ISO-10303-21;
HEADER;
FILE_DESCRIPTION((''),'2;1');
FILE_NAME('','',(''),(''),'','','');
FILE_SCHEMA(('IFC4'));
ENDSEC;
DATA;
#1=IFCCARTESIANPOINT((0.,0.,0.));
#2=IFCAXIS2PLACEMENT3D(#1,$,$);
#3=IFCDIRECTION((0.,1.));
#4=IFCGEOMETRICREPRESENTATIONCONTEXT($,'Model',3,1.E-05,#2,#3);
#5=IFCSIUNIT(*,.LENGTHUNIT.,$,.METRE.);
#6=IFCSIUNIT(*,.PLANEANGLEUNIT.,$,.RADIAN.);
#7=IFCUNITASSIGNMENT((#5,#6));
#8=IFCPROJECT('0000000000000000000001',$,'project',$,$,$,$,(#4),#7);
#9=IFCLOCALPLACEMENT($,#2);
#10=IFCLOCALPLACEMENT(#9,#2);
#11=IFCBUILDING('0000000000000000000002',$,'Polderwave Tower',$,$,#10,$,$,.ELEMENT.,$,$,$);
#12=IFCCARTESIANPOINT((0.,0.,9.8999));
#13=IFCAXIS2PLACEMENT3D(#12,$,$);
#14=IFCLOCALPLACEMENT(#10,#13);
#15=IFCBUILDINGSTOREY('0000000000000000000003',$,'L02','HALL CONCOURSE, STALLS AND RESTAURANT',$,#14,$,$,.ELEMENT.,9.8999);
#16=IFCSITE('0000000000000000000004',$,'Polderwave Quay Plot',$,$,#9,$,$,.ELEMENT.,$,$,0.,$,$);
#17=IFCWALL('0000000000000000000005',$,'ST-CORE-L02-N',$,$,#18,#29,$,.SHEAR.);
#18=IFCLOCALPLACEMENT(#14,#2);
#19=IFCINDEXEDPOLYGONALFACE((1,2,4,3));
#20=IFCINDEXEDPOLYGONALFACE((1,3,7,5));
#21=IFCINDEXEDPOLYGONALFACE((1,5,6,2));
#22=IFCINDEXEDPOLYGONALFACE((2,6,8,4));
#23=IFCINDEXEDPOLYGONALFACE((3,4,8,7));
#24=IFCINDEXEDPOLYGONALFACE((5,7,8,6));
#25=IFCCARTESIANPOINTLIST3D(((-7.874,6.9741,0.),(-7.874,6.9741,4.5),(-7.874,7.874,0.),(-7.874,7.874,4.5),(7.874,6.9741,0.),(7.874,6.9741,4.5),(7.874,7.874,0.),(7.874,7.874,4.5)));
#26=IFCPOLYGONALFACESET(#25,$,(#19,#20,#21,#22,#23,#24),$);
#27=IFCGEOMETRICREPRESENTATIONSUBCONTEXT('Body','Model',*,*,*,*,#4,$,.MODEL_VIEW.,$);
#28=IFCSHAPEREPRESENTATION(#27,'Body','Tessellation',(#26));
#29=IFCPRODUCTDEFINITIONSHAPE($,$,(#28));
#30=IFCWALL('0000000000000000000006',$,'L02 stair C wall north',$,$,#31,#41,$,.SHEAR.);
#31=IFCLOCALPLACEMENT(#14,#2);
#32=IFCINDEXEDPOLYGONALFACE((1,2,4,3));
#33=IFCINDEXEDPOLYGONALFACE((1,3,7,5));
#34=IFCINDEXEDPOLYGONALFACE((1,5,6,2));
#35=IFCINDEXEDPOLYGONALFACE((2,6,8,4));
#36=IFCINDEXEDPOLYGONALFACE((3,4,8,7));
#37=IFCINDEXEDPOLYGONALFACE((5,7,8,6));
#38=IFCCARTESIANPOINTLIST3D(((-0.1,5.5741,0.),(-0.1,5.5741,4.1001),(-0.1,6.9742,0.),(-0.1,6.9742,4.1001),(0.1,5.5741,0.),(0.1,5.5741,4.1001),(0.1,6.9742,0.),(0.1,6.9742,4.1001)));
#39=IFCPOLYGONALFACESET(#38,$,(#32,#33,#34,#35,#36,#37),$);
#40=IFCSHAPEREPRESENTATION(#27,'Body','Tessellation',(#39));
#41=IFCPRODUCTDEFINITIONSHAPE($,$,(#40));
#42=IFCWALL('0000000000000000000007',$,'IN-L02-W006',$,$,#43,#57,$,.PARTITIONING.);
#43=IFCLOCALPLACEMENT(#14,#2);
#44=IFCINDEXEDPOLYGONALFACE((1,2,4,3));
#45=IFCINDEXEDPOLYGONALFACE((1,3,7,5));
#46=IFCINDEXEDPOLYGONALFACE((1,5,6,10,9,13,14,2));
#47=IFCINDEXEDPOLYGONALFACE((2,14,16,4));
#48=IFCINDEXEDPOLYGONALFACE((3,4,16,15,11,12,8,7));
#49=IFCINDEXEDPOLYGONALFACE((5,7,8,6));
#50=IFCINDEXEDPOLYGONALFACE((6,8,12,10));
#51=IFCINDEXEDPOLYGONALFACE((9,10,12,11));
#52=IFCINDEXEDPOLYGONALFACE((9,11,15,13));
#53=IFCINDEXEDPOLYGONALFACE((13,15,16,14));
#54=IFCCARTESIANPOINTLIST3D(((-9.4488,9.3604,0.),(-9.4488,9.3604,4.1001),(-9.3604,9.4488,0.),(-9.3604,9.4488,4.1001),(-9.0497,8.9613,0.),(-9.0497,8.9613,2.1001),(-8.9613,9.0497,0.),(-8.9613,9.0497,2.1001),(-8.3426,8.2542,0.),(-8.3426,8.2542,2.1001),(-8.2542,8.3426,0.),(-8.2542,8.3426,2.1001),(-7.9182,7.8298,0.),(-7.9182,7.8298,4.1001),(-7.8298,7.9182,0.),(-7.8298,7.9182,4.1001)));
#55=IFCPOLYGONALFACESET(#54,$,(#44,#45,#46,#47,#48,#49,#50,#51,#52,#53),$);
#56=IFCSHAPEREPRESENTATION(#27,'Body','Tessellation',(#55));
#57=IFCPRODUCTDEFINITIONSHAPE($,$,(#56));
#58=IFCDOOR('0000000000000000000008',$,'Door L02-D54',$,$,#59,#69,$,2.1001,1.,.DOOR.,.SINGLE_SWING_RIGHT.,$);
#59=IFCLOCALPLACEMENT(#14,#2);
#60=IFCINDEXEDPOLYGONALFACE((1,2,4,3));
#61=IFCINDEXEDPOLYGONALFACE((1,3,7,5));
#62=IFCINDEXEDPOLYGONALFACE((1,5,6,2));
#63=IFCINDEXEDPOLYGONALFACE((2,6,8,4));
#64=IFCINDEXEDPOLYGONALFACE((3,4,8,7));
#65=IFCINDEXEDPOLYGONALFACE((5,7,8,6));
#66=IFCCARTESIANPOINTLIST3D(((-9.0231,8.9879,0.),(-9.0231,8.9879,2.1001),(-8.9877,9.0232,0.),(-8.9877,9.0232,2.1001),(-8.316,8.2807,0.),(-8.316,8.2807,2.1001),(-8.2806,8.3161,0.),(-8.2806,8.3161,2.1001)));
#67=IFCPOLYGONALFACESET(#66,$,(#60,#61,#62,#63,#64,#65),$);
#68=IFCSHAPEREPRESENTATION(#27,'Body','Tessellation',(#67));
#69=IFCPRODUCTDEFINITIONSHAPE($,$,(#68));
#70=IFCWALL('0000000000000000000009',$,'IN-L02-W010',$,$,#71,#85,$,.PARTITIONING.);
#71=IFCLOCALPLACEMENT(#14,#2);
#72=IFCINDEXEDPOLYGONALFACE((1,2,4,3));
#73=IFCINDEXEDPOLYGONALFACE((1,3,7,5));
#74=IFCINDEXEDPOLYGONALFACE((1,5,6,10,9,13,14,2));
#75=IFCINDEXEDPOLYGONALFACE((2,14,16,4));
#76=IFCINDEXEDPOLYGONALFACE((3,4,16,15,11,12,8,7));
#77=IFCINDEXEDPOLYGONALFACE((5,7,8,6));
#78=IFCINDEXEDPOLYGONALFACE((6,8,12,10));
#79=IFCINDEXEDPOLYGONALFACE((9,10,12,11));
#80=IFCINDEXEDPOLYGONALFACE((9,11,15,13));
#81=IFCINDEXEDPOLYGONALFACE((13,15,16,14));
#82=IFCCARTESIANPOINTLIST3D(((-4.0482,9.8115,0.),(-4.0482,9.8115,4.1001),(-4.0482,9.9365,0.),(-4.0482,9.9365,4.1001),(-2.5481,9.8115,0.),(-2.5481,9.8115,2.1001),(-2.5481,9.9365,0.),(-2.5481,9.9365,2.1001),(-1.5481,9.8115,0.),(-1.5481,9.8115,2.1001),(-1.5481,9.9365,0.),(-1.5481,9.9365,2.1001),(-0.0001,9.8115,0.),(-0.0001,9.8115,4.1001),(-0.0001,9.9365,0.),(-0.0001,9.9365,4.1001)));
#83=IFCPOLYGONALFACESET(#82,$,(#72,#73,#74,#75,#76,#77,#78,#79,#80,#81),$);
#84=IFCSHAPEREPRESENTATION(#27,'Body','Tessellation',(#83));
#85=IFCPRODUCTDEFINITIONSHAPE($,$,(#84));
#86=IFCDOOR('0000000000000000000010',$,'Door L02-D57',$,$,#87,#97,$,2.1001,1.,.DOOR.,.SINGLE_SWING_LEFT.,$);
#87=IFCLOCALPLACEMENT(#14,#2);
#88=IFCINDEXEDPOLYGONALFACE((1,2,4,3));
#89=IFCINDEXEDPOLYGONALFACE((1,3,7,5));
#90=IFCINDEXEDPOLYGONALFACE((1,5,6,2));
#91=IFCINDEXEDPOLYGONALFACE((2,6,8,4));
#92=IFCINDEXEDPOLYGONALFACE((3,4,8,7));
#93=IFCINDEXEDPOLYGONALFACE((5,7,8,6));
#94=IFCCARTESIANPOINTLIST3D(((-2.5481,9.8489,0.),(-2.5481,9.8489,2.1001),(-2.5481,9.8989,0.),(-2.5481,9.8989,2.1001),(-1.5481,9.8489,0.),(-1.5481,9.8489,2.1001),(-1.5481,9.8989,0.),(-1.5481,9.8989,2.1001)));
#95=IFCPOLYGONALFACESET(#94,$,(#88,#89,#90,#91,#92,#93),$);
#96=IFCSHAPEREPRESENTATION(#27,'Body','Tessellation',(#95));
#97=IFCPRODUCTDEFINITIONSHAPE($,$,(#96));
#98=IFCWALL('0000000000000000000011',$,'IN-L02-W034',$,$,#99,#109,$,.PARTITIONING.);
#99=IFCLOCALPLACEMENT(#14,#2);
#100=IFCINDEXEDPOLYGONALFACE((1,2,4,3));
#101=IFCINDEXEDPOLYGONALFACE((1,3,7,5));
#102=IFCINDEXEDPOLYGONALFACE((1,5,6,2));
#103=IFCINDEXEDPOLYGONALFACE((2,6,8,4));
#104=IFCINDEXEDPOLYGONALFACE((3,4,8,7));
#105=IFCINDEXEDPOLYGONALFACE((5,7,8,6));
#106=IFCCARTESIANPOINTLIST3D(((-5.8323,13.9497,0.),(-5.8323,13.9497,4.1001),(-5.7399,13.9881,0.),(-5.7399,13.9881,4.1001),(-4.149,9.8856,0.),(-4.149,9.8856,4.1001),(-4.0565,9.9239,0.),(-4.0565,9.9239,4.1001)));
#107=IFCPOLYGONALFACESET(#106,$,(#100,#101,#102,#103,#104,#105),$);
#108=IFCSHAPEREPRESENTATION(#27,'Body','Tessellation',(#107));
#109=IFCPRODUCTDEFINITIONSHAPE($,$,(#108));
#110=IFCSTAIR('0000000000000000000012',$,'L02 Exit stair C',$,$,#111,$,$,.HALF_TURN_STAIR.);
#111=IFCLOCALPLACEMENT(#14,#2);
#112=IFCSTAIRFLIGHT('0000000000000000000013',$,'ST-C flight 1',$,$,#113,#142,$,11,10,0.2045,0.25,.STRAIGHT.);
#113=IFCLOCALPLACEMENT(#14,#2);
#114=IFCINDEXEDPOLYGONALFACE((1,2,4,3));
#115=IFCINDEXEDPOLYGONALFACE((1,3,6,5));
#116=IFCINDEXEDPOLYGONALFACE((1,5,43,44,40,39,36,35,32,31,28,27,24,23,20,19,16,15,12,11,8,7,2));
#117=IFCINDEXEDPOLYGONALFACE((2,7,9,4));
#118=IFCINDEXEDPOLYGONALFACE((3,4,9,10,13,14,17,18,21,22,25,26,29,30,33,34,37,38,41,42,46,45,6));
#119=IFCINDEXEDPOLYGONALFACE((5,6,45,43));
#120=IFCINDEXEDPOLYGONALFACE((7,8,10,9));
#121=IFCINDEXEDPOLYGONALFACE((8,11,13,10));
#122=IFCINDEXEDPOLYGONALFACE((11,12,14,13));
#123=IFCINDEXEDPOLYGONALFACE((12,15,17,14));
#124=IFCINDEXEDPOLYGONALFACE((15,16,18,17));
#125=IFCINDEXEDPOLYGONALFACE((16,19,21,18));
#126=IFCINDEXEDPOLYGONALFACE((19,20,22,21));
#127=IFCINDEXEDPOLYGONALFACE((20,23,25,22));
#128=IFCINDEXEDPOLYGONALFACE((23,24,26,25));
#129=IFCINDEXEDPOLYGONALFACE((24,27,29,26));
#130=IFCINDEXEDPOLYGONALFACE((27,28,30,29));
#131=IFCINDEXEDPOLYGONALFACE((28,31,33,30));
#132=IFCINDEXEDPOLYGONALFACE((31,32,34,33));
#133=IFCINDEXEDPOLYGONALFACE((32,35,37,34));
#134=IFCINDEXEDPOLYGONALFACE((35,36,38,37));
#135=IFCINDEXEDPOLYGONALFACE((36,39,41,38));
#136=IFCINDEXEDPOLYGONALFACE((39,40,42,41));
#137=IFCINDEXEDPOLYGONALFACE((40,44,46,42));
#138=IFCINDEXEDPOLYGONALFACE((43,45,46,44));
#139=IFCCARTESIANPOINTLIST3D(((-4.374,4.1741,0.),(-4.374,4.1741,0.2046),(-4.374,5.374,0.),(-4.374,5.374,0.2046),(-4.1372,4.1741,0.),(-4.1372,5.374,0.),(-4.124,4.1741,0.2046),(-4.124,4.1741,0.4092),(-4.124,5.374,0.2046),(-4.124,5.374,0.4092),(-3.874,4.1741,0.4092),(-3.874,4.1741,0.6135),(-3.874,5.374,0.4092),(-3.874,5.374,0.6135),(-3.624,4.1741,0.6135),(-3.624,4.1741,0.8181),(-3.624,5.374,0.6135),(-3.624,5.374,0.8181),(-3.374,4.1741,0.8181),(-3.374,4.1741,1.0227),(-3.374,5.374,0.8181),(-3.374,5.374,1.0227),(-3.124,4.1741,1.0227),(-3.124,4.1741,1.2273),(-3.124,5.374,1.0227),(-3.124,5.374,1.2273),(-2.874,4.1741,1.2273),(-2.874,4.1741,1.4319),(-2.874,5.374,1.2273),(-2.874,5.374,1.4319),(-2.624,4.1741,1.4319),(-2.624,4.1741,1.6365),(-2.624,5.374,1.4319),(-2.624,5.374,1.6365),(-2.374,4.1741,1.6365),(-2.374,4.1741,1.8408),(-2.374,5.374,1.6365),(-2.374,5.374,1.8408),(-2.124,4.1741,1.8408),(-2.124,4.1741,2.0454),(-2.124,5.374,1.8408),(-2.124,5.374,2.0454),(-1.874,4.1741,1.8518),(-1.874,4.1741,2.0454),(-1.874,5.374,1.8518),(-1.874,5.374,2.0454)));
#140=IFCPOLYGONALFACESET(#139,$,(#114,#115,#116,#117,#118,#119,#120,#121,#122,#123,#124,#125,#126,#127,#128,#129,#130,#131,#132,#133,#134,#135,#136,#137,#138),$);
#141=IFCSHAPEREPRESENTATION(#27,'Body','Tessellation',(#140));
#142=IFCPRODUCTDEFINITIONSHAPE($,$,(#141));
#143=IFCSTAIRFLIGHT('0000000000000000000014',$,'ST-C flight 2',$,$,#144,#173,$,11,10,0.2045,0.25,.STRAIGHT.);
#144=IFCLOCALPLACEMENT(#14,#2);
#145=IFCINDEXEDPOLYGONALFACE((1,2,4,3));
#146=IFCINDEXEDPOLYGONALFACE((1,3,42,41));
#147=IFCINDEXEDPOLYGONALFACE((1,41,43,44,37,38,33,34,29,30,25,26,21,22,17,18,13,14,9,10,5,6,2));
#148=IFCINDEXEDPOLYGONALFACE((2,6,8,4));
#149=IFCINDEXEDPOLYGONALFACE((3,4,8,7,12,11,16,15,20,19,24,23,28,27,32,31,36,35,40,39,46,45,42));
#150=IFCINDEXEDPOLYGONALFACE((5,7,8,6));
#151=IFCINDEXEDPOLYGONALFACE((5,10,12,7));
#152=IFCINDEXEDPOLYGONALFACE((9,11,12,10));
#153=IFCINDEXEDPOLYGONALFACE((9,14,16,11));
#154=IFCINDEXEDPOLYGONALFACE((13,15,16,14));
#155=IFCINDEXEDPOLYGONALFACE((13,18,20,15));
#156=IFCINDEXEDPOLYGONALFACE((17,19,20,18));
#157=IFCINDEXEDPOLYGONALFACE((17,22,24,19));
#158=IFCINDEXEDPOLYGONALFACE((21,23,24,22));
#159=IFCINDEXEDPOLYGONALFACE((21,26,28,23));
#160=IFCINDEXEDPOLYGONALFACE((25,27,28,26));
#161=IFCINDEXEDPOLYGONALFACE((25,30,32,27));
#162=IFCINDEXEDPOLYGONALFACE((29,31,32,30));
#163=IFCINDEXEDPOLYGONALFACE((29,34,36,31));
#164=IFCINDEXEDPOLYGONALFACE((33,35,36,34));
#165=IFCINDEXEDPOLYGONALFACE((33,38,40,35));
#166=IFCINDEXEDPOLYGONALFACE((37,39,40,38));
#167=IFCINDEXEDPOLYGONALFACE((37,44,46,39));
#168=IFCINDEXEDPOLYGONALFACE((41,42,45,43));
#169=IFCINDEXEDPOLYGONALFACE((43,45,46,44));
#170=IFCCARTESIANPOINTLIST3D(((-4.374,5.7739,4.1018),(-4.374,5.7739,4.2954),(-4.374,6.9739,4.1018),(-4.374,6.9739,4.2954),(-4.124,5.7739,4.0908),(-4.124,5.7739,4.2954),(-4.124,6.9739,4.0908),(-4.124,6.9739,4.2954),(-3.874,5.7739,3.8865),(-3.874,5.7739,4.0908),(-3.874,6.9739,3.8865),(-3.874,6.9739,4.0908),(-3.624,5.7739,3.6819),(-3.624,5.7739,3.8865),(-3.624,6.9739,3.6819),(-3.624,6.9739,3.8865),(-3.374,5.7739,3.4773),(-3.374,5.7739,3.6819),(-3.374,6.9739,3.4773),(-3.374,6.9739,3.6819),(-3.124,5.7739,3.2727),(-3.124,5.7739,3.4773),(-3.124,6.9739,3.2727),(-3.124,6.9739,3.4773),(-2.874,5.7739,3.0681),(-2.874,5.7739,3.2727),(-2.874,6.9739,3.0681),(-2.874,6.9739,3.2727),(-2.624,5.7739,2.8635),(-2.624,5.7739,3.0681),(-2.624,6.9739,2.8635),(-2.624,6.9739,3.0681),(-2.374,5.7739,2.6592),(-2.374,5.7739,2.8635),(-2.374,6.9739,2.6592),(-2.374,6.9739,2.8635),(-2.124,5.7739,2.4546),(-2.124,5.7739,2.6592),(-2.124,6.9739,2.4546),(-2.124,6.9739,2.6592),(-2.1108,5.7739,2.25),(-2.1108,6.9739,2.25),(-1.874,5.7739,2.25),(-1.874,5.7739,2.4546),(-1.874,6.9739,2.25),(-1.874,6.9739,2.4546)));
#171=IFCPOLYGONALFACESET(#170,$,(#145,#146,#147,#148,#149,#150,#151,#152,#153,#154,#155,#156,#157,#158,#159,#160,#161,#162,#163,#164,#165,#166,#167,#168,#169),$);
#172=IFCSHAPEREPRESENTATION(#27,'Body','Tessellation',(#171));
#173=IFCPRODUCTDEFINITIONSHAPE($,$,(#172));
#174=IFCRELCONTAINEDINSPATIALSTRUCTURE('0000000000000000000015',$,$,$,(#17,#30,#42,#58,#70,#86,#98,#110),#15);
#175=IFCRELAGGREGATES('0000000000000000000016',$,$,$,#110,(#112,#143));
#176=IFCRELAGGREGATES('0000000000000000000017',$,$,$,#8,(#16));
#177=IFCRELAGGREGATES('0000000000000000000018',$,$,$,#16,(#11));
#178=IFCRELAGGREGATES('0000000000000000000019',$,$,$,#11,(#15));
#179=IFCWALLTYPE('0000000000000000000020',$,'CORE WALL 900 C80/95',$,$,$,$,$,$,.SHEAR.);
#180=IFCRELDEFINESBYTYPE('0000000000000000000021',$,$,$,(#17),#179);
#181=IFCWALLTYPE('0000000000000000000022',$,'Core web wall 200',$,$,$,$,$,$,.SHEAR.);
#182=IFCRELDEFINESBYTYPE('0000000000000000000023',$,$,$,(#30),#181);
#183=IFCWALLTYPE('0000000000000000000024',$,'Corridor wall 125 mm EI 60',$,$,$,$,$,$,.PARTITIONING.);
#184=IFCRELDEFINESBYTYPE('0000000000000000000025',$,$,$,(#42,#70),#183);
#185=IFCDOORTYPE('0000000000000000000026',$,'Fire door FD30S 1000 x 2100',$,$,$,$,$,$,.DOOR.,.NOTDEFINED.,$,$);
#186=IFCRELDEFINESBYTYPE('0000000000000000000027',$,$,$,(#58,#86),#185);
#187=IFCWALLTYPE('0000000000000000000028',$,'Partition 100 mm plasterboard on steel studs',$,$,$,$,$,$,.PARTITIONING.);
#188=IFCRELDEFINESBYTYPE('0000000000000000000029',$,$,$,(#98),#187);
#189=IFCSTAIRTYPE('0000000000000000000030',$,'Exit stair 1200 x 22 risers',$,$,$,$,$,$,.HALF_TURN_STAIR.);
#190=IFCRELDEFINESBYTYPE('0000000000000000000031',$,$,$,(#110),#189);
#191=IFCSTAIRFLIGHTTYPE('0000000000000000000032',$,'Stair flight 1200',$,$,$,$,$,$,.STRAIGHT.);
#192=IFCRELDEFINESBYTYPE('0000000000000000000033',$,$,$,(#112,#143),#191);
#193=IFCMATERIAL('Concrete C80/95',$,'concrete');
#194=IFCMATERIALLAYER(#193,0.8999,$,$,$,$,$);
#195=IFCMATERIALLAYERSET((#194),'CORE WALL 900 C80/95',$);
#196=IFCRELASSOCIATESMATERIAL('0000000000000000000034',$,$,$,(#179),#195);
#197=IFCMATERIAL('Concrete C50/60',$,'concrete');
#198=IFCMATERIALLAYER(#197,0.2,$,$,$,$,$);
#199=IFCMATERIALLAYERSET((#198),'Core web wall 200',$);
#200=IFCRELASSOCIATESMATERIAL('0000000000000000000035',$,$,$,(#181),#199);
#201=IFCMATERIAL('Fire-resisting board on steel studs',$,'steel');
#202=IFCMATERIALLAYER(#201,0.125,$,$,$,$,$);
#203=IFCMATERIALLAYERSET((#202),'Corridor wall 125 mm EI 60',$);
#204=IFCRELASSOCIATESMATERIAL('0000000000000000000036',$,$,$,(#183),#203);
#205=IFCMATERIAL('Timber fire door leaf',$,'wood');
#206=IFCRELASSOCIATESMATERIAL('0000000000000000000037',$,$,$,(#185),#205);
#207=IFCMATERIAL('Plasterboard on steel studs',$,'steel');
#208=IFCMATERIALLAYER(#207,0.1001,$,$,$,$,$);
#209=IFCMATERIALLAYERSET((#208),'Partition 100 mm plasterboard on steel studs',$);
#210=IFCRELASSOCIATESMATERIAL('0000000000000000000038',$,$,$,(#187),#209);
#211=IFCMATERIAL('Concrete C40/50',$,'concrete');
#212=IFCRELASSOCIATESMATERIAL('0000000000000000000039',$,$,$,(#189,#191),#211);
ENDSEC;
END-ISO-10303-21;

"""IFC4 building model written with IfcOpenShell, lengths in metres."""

from ifc_helpers import new_model, si_unit, direction, frame, frame_2d, origin, place, context, subcontext, project, spatial, polyline, rectangle, outline, extrude, material, layer, layer_set, type_object, element, fill, aggregate, save


model = new_model("IFC4")

# Units and contexts
model_context = context("Model", 3, precision=1e-05, world=origin(), true_north=direction((0.0, 1.0)))
body_context = subcontext(model_context, "Body", "Model", "MODEL_VIEW")
ifc_project = project(units=[si_unit("LENGTHUNIT", "METRE"), si_unit("PLANEANGLEUNIT", "RADIAN")], contexts=[model_context])

# Site, building, storey
site_placement = place(None, origin())
site = spatial("IfcSite", under=ifc_project, at=site_placement, Name="Polderwave Quay Plot", CompositionType="ELEMENT", RefElevation=0.0)
building_placement = place(site_placement, origin())
building = spatial("IfcBuilding", under=site, at=building_placement, Name="Polderwave Tower", CompositionType="ELEMENT")
storey_placement = place(building_placement, frame((0.0, 0.0, 9.8999)))
storey = spatial("IfcBuildingStorey", under=building, at=storey_placement, Name="L02", Description="HALL CONCOURSE, STALLS AND RESTAURANT", CompositionType="ELEMENT", Elevation=9.8999)

# Walls
ifc_material_1 = material(Name="Concrete C80/95", Category="concrete")
ifc_layer_1 = layer(ifc_material_1, 0.8999)
ifc_layer_set_1 = layer_set([ifc_layer_1], Name="CORE WALL 900 C80/95")
wall_type_1 = type_object("IfcWallType", Name="CORE WALL 900 C80/95", PredefinedType="SHEAR", material=ifc_layer_set_1)
wall_1_placement = place(storey_placement, frame((-7.874, 7.4241, 0.0), z_axis=(0.0, 0.0, 1.0), x_axis=(1.0, 0.0, 0.0)))
element("IfcWall", 1, at=wall_1_placement, inside=storey, type_object=wall_type_1, Name="ST-CORE-L02-N", PredefinedType="SHEAR", context=body_context, shape_type="SweptSolid", body=[
    extrude(rectangle(XDim=15.748, YDim=0.8999, at=frame_2d((7.874, 0.0))), origin(), (0.0, 0.0, 1.0), 4.5),
])
ifc_material_2 = material(Name="Concrete C50/60", Category="concrete")
ifc_layer_2 = layer(ifc_material_2, 0.2)
ifc_layer_set_2 = layer_set([ifc_layer_2], Name="Core web wall 200")
wall_type_2 = type_object("IfcWallType", Name="Core web wall 200", PredefinedType="SHEAR", material=ifc_layer_set_2)
wall_2_placement = place(storey_placement, frame((0.0, 5.574, 0.0), z_axis=(0.0, 0.0, 1.0), x_axis=(0.0, 1.0, 0.0)))
element("IfcWall", 2, at=wall_2_placement, inside=storey, type_object=wall_type_2, Name="L02 stair C wall north", PredefinedType="SHEAR", context=body_context, shape_type="SweptSolid", body=[
    extrude(rectangle(XDim=1.4001, YDim=0.2, at=frame_2d((0.7002, 0.0))), origin(), (0.0, 0.0, 1.0), 4.1001),
])

# Walls, openings, doors
ifc_material_3 = material(Name="Fire-resisting board on steel studs", Category="steel")
ifc_layer_3 = layer(ifc_material_3, 0.125)
ifc_layer_set_3 = layer_set([ifc_layer_3], Name="Corridor wall 125 mm EI 60")
wall_type_3 = type_object("IfcWallType", Name="Corridor wall 125 mm EI 60", PredefinedType="PARTITIONING", material=ifc_layer_set_3)
wall_3_placement = place(storey_placement, frame((-7.874, 7.874, 0.0), z_axis=(0.0, 0.0, 1.0), x_axis=(-0.707107, 0.707107, 0.0)))
wall_3 = element("IfcWall", 3, at=wall_3_placement, inside=storey, type_object=wall_type_3, Name="IN-L02-W006", PredefinedType="PARTITIONING", context=body_context, shape_type="SweptSolid", body=[
    extrude(rectangle(XDim=2.1646, YDim=0.125, at=frame_2d((1.0823, 0.0))), origin(), (0.0, 0.0, 1.0), 4.1001),
])
opening_1_placement = place(wall_3_placement, frame((0.6001, 0.0, 0.0)))
opening_1 = element("IfcOpeningElement", 4, at=opening_1_placement, cuts=wall_3, PredefinedType="OPENING", context=body_context, shape_type="SweptSolid", body=[
    extrude(rectangle(XDim=1.0, YDim=2.1001, at=frame_2d((0.5, 1.05))), frame((0.0, 0.0725, 0.0), z_axis=(0.0, -1.0, 0.0), x_axis=(1.0, 0.0, 0.0)), (0.0, 0.0, 1.0), 0.145),
])
ifc_material_4 = material(Name="Timber fire door leaf", Category="wood")
door_type = type_object("IfcDoorType", Name="Fire door FD30S 1000 x 2100", OperationType="NOTDEFINED", PredefinedType="DOOR", material=ifc_material_4)
door_1_placement = place(opening_1_placement, origin())
door_1 = element("IfcDoor", 5, at=door_1_placement, inside=storey, type_object=door_type, Name="Door L02-D54", OperationType="SINGLE_SWING_RIGHT", OverallHeight=2.1001, OverallWidth=1.0, PredefinedType="DOOR", context=body_context, shape_type="SweptSolid", body=[
    extrude(rectangle(XDim=1.0, YDim=2.1001, at=frame_2d((0.5, 1.05))), frame((0.0, 0.0249, 0.0), z_axis=(0.0, -1.0, 0.0), x_axis=(1.0, 0.0, 0.0)), (0.0, 0.0, 1.0), 0.05),
])
fill(opening_1, door_1)
wall_4_placement = place(storey_placement, frame((-4.0481, 9.874, 0.0), z_axis=(0.0, 0.0, 1.0), x_axis=(1.0, 0.0, 0.0)))
wall_4 = element("IfcWall", 6, at=wall_4_placement, inside=storey, type_object=wall_type_3, Name="IN-L02-W010", PredefinedType="PARTITIONING", context=body_context, shape_type="SweptSolid", body=[
    extrude(rectangle(XDim=4.0481, YDim=0.125, at=frame_2d((2.0239, 0.0))), origin(), (0.0, 0.0, 1.0), 4.1001),
])
opening_2_placement = place(wall_4_placement, frame((1.5, 0.0, 0.0)))
opening_2 = element("IfcOpeningElement", 7, at=opening_2_placement, cuts=wall_4, PredefinedType="OPENING", context=body_context, shape_type="SweptSolid", body=[
    extrude(rectangle(XDim=1.0, YDim=2.1001, at=frame_2d((0.5, 1.05))), frame((0.0, 0.0725, 0.0), z_axis=(0.0, -1.0, 0.0), x_axis=(1.0, 0.0, 0.0)), (0.0, 0.0, 1.0), 0.145),
])
door_2_placement = place(opening_2_placement, origin())
door_2 = element("IfcDoor", 8, at=door_2_placement, inside=storey, type_object=door_type, Name="Door L02-D57", OperationType="SINGLE_SWING_LEFT", OverallHeight=2.1001, OverallWidth=1.0, PredefinedType="DOOR", context=body_context, shape_type="SweptSolid", body=[
    extrude(rectangle(XDim=1.0, YDim=2.1001, at=frame_2d((0.5, 1.05))), frame((0.0, 0.0249, 0.0), z_axis=(0.0, -1.0, 0.0), x_axis=(1.0, 0.0, 0.0)), (0.0, 0.0, 1.0), 0.05),
])
fill(opening_2, door_2)

# Wall
ifc_material_5 = material(Name="Plasterboard on steel studs", Category="steel")
ifc_layer_4 = layer(ifc_material_5, 0.1001)
ifc_layer_set_4 = layer_set([ifc_layer_4], Name="Partition 100 mm plasterboard on steel studs")
wall_type_4 = type_object("IfcWallType", Name="Partition 100 mm plasterboard on steel studs", PredefinedType="PARTITIONING", material=ifc_layer_set_4)
wall_5_placement = place(storey_placement, frame((-4.1028, 9.9048, 0.0), z_axis=(0.0, 0.0, 1.0), x_axis=(-0.382664, 0.923888, 0.0)))
element("IfcWall", 9, at=wall_5_placement, inside=storey, type_object=wall_type_4, Name="IN-L02-W034", PredefinedType="PARTITIONING", context=body_context, shape_type="SweptSolid", body=[
    extrude(rectangle(XDim=4.3989, YDim=0.1001, at=frame_2d((2.1995, 0.0))), origin(), (0.0, 0.0, 1.0), 4.1001),
])

# Stair, stair flights
ifc_material_6 = material(Name="Concrete C40/50", Category="concrete")
stair_type = type_object("IfcStairType", Name="Exit stair 1200 x 22 risers", PredefinedType="HALF_TURN_STAIR", material=ifc_material_6)
stair_placement = place(storey_placement, origin())
stair = element("IfcStair", 10, at=stair_placement, inside=storey, type_object=stair_type, Name="L02 Exit stair C", PredefinedType="HALF_TURN_STAIR")
stair_flight_type = type_object("IfcStairFlightType", Name="Stair flight 1200", PredefinedType="STRAIGHT", material=ifc_material_6)
stair_flight_1_placement = place(storey_placement, frame((-4.374, 4.7739, 0.0), z_axis=(0.0, 0.0, 1.0), x_axis=(1.0, 0.0, 0.0)))
stair_flight_1 = element("IfcStairFlight", 11, at=stair_flight_1_placement, type_object=stair_flight_type, Name="ST-C flight 1", NumberOfRisers=11, NumberOfTreads=10, PredefinedType="STRAIGHT", RiserHeight=0.2045, TreadLength=0.25, context=body_context, shape_type="SweptSolid", body=[
    extrude(outline(polyline([(0.0, 0.0), (0.0, 0.2046), (0.25, 0.2046), (0.25, 0.4092), (0.5, 0.4092), (0.5, 0.6135), (0.75, 0.6135), (0.75, 0.8181), (1.0, 0.8181), (1.0, 1.0227), (1.25, 1.0227), (1.25, 1.2273), (1.5, 1.2273), (1.5, 1.4319), (1.75, 1.4319), (1.75, 1.6365), (2.0, 1.6365), (2.0, 1.8408), (2.25, 1.8408), (2.25, 2.0454), (2.5, 2.0454), (2.5, 2.25), (2.5, 1.8518), (0.2368, 0.0), (0.0, 0.0)])), frame((0.0, 0.6001, 0.0), z_axis=(0.0, -1.0, 0.0), x_axis=(1.0, 0.0, 0.0)), (0.0, 0.0, 1.0), 1.2),
])
stair_flight_2_placement = place(storey_placement, frame((-1.874, 6.374, 2.25), z_axis=(0.0, 0.0, 1.0), x_axis=(-1.0, 0.0, 0.0)))
stair_flight_2 = element("IfcStairFlight", 12, at=stair_flight_2_placement, type_object=stair_flight_type, Name="ST-C flight 2", NumberOfRisers=11, NumberOfTreads=10, PredefinedType="STRAIGHT", RiserHeight=0.2045, TreadLength=0.25, context=body_context, shape_type="SweptSolid", body=[
    extrude(outline(polyline([(0.0, 0.0), (0.0, 0.2046), (0.25, 0.2046), (0.25, 0.4092), (0.5, 0.4092), (0.5, 0.6135), (0.75, 0.6135), (0.75, 0.8181), (1.0, 0.8181), (1.0, 1.0227), (1.25, 1.0227), (1.25, 1.2273), (1.5, 1.2273), (1.5, 1.4319), (1.75, 1.4319), (1.75, 1.6365), (2.0, 1.6365), (2.0, 1.8408), (2.25, 1.8408), (2.25, 2.0454), (2.5, 2.0454), (2.5, 2.25), (2.5, 1.8518), (0.2368, 0.0), (0.0, 0.0)])), frame((0.0, 0.6001, 0.0), z_axis=(0.0, -1.0, 0.0), x_axis=(1.0, 0.0, 0.0)), (0.0, 0.0, 1.0), 1.2),
])
aggregate(stair, [stair_flight_1, stair_flight_2])

save(model, "model.ifc")
